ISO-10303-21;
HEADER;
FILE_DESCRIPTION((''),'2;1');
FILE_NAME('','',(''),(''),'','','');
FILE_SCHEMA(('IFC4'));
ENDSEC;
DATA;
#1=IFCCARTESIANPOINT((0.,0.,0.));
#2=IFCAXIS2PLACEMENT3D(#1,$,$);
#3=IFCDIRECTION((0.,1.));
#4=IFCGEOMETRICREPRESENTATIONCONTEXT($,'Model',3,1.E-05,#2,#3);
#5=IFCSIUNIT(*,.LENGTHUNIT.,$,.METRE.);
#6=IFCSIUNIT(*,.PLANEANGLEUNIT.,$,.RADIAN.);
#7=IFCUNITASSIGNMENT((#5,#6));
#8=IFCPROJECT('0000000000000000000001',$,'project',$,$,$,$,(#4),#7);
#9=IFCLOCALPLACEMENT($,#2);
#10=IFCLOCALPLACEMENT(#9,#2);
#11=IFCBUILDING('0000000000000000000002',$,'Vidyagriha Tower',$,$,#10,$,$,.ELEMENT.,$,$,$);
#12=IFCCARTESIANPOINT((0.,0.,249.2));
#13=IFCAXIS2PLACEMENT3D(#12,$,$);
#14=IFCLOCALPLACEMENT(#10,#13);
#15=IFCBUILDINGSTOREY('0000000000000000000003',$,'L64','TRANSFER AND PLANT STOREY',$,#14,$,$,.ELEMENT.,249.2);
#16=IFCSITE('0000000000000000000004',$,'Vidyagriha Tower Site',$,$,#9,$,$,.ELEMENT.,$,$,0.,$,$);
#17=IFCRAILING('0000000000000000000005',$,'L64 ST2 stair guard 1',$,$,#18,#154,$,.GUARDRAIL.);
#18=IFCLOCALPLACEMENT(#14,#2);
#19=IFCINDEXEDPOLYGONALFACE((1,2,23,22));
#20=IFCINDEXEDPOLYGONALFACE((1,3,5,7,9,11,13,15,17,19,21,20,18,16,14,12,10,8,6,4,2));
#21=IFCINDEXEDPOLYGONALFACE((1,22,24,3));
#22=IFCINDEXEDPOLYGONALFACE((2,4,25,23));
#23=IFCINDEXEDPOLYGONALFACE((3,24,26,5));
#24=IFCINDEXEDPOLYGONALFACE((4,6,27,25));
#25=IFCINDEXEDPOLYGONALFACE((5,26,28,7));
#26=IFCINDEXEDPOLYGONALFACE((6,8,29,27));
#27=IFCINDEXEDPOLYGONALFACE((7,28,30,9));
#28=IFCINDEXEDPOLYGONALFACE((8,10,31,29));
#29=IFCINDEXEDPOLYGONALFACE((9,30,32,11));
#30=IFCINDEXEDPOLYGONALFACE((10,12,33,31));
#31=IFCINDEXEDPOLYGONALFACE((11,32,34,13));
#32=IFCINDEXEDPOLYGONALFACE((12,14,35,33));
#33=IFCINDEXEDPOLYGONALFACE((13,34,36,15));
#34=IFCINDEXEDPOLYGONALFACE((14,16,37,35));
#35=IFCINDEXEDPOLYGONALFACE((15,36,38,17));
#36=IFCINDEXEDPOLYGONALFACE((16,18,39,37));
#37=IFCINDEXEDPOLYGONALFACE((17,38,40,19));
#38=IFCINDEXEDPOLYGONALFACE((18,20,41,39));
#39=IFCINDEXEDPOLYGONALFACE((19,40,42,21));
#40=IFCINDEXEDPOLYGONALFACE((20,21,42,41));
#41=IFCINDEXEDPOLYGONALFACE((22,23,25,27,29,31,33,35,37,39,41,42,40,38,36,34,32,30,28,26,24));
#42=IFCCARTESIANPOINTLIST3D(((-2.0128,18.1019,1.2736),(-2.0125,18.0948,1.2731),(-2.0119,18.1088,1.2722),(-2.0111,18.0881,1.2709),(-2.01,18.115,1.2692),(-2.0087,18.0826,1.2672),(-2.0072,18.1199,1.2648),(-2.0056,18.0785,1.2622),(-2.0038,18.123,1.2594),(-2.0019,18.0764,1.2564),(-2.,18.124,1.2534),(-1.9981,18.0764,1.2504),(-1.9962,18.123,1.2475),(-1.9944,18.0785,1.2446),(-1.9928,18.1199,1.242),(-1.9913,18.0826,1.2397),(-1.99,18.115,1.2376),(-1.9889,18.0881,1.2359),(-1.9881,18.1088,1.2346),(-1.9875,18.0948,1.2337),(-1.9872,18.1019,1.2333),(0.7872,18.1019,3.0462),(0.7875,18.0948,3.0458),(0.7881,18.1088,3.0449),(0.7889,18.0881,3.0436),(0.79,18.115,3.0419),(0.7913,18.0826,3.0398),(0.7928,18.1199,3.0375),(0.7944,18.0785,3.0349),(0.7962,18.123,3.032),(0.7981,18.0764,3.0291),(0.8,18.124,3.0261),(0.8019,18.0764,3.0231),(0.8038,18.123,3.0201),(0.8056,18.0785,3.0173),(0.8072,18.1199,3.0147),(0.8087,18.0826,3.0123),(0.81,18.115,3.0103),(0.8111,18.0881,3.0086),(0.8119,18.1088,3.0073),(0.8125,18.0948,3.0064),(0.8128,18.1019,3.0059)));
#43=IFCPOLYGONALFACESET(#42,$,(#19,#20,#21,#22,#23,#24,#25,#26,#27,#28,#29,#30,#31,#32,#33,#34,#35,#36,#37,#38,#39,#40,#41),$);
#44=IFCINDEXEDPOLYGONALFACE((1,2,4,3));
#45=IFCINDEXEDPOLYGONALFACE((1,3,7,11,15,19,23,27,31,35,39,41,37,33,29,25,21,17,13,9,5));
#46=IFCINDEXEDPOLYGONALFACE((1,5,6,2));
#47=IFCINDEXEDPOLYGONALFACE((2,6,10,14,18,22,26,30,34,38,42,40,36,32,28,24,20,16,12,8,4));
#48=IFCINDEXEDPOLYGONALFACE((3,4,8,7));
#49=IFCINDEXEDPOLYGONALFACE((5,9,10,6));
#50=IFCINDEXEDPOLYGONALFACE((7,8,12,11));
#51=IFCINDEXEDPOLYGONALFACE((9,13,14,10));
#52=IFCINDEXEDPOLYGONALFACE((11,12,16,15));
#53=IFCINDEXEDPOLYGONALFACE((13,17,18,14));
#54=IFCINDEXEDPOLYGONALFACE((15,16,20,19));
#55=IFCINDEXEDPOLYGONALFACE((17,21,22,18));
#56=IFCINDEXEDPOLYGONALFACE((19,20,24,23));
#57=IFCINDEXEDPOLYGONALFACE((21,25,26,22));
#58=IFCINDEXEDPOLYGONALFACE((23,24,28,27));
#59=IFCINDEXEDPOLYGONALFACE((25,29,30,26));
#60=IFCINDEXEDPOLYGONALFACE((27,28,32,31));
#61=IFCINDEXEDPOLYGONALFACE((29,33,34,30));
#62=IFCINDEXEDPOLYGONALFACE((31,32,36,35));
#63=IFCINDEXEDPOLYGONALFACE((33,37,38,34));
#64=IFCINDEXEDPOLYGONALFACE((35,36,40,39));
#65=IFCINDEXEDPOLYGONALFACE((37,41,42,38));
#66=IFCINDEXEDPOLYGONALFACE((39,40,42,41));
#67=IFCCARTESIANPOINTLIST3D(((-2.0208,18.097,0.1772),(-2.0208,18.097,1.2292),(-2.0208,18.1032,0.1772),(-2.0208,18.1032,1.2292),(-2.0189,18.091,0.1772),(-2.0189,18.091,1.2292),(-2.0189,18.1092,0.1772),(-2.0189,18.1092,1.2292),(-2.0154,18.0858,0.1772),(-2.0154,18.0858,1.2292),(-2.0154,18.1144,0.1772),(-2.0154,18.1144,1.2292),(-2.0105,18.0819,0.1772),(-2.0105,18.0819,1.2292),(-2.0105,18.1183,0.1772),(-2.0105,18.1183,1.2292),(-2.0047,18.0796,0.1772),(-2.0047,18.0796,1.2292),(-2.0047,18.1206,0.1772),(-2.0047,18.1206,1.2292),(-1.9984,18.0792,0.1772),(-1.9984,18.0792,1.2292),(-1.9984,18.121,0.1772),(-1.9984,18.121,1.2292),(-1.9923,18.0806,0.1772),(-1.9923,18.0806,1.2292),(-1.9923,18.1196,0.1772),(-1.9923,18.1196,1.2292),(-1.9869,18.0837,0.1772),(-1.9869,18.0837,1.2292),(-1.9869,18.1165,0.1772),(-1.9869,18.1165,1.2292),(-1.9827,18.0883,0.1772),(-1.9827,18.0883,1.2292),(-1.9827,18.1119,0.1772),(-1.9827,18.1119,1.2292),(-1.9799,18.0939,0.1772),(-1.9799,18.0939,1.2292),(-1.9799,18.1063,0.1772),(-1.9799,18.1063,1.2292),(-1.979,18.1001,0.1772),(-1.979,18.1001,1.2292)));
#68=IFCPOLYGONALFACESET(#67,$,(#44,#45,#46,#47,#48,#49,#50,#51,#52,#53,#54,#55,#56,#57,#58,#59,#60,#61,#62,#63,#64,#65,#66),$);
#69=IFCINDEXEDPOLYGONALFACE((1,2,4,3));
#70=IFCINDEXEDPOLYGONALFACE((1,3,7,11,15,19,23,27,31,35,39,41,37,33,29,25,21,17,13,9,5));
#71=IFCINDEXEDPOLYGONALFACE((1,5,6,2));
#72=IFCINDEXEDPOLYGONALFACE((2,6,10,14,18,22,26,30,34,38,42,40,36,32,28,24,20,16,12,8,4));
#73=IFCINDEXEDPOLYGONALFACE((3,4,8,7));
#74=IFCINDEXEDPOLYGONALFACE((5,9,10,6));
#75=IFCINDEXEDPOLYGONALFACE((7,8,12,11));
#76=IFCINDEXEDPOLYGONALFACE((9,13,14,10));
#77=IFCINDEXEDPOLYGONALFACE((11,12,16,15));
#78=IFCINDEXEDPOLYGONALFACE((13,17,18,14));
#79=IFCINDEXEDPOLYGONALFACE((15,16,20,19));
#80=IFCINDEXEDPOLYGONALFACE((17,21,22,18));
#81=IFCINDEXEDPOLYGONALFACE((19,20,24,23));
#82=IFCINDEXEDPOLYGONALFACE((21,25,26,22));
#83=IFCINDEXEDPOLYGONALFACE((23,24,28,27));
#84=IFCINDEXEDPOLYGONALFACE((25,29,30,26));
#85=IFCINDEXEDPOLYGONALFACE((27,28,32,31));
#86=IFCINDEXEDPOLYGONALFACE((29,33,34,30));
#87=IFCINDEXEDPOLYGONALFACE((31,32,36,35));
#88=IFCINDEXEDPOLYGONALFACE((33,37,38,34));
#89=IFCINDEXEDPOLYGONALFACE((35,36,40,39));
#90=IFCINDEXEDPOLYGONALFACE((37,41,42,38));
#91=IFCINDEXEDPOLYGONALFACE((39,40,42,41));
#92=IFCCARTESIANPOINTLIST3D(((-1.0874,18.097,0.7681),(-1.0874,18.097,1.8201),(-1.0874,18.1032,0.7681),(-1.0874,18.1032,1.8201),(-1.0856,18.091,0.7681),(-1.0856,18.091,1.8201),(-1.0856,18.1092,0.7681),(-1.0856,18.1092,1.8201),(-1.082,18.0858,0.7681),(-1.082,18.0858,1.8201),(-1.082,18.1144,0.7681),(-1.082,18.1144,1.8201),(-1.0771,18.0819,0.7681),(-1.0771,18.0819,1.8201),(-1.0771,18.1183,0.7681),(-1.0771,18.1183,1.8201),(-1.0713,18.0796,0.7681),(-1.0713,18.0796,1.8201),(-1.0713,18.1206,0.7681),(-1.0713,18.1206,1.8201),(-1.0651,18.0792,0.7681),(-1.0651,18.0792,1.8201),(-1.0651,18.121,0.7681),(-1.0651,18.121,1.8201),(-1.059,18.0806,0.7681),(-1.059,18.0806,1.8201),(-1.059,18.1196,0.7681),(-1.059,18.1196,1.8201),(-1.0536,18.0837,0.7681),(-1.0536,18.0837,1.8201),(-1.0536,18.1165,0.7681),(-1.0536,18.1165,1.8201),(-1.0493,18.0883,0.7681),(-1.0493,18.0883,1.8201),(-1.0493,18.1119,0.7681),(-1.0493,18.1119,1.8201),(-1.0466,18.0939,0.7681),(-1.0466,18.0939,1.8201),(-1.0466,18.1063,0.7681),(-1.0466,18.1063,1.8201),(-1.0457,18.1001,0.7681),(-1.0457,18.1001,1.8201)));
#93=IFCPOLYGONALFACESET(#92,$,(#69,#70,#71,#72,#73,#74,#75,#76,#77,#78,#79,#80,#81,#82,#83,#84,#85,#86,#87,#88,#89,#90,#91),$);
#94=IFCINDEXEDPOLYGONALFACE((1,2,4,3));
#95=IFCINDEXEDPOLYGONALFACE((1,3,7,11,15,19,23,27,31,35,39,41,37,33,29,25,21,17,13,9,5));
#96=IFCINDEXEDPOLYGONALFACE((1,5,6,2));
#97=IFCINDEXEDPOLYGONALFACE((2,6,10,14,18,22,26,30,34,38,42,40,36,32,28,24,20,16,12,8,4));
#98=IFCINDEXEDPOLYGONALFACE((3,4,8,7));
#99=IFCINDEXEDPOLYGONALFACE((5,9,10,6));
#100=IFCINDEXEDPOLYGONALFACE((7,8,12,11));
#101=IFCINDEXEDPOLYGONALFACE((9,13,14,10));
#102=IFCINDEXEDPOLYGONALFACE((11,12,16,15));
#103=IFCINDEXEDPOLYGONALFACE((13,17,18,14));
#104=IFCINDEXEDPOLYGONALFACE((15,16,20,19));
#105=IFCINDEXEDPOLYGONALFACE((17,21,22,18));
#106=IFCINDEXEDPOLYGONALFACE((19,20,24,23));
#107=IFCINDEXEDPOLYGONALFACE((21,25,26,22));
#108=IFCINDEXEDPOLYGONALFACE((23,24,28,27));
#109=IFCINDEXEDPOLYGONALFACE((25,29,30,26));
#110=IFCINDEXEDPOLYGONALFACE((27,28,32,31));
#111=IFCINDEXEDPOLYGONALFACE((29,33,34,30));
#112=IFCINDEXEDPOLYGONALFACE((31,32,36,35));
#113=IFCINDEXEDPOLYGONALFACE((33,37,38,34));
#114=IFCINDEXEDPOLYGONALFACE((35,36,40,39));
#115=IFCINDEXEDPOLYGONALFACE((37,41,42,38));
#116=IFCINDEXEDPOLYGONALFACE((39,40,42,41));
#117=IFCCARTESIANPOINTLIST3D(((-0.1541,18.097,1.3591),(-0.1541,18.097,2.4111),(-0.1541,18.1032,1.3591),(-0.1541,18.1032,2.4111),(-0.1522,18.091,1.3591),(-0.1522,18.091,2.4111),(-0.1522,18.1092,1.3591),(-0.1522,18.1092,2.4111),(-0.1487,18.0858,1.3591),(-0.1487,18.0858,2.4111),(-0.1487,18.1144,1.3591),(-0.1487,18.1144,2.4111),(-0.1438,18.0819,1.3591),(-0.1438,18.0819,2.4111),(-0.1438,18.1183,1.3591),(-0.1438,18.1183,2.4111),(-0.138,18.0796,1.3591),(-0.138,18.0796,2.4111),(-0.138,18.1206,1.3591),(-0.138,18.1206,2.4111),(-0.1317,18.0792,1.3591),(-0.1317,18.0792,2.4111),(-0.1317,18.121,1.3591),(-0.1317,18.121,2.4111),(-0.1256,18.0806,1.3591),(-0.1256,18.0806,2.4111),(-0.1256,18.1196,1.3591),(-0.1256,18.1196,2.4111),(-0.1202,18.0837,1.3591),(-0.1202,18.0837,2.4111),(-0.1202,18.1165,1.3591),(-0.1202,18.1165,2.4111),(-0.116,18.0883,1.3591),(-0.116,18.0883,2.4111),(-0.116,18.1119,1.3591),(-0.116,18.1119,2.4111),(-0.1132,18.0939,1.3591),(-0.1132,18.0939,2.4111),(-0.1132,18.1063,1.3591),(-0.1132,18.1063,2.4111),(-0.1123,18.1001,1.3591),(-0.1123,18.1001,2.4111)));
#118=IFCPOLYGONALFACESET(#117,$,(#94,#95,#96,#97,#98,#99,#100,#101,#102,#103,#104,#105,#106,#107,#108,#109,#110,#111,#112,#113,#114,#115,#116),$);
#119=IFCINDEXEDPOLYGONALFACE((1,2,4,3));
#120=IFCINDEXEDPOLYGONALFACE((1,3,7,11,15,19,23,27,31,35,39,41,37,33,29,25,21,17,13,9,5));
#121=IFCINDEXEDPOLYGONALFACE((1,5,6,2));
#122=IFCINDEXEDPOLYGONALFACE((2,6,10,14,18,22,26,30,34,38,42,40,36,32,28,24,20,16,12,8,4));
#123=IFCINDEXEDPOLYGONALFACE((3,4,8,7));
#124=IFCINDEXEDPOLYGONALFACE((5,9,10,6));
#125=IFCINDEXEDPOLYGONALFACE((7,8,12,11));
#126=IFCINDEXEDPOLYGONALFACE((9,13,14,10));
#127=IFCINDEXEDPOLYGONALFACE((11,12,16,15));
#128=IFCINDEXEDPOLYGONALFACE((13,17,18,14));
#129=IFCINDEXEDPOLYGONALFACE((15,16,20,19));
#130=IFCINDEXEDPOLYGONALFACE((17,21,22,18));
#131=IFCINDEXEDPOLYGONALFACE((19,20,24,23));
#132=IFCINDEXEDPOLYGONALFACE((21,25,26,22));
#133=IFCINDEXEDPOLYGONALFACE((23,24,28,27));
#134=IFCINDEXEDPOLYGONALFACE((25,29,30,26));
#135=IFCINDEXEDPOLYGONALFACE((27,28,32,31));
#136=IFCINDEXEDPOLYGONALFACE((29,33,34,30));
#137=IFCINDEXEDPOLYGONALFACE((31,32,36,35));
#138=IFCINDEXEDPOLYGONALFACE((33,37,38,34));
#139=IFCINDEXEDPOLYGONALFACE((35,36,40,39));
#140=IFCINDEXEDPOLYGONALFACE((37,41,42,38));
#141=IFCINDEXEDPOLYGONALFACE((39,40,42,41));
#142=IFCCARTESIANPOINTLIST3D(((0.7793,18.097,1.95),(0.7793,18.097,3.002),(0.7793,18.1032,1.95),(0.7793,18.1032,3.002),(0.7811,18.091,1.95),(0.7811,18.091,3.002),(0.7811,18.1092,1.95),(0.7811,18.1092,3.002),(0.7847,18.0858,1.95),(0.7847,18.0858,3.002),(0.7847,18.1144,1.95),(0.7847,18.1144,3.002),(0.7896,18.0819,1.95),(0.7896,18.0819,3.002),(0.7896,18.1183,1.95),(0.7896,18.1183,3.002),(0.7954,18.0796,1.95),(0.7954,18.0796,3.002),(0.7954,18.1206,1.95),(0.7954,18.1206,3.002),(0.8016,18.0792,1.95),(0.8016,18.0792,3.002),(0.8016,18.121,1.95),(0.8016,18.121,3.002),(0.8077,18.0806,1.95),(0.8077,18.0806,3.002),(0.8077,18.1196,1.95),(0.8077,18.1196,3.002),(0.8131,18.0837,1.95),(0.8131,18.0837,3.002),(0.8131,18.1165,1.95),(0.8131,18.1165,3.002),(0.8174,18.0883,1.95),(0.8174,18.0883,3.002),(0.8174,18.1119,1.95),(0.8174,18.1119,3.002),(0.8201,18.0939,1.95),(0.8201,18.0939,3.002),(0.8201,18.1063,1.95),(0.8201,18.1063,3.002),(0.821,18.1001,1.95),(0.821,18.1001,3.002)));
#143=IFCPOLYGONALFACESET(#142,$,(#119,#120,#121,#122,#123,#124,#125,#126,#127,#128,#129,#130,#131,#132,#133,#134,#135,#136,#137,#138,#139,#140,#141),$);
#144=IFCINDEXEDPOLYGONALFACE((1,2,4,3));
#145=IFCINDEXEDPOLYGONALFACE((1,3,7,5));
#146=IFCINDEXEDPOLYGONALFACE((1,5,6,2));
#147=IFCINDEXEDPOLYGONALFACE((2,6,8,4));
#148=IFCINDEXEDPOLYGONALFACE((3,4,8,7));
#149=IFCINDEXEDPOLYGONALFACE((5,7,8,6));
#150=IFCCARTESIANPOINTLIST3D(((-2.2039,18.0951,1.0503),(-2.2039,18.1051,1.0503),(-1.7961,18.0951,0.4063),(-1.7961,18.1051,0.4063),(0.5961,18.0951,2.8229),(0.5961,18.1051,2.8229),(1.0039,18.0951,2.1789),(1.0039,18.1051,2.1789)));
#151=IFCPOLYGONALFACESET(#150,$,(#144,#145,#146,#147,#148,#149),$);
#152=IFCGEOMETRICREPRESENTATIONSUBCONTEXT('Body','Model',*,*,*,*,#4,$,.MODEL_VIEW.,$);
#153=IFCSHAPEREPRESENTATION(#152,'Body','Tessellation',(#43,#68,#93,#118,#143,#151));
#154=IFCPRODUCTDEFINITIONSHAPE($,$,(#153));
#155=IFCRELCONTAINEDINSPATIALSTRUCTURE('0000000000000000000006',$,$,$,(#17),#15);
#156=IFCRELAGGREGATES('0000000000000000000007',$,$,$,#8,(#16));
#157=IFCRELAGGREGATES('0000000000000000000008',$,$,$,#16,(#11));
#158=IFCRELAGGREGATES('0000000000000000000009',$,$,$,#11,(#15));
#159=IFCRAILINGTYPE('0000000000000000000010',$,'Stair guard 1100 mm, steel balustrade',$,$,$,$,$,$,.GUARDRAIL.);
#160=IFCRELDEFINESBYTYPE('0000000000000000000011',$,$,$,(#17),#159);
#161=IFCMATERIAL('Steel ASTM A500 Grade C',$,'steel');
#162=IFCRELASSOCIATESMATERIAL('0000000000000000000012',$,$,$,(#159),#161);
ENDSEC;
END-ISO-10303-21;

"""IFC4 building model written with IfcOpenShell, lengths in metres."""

from ifc_helpers import new_model, si_unit, direction, frame, origin, origin_2d, place, context, subcontext, project, spatial, rectangle, circle, extrude, material, type_object, element, save


model = new_model("IFC4")

# Units and contexts
model_context = context("Model", 3, precision=1e-05, world=origin(), true_north=direction((0.0, 1.0)))
body_context = subcontext(model_context, "Body", "Model", "MODEL_VIEW")
ifc_project = project(units=[si_unit("LENGTHUNIT", "METRE"), si_unit("PLANEANGLEUNIT", "RADIAN")], contexts=[model_context])

# Site, building, storey
site_placement = place(None, origin())
site = spatial("IfcSite", under=ifc_project, at=site_placement, Name="Vidyagriha Tower Site", CompositionType="ELEMENT", RefElevation=0.0)
building_placement = place(site_placement, origin())
building = spatial("IfcBuilding", under=site, at=building_placement, Name="Vidyagriha Tower", CompositionType="ELEMENT")
storey_placement = place(building_placement, frame((0.0, 0.0, 249.2)))
storey = spatial("IfcBuildingStorey", under=building, at=storey_placement, Name="L64", Description="TRANSFER AND PLANT STOREY", CompositionType="ELEMENT", Elevation=249.2)

# Railing
ifc_material_1 = material(Name="Steel ASTM A500 Grade C", Category="steel")
railing_type_1 = type_object("IfcRailingType", Name="Stair guard 1100 mm, steel balustrade", PredefinedType="GUARDRAIL", material=ifc_material_1)
railing_1_placement = place(storey_placement, frame((-2.0, 18.1001, 0.1772)))
element("IfcRailing", 1, at=railing_1_placement, inside=storey, type_object=railing_type_1, Name="L64 ST2 stair guard 1", PredefinedType="GUARDRAIL", context=body_context, shape_type="SweptSolid", body=[
    extrude(circle(Radius=0.0239, at=origin_2d()), frame((0.0, 0.0, 1.0762), z_axis=(0.844909, 0.0, 0.53491), x_axis=(0.0, 1.0, 0.0)), (0.0, 0.0, 1.0), 3.314),
    extrude(circle(Radius=0.021, at=origin_2d()), origin(), (0.0, 0.0, 1.0), 1.052),
    extrude(circle(Radius=0.021, at=origin_2d()), frame((0.9333, 0.0, 0.5908)), (0.0, 0.0, 1.0), 1.052),
    extrude(circle(Radius=0.021, at=origin_2d()), frame((1.8667, 0.0, 1.1819)), (0.0, 0.0, 1.0), 1.052),
    extrude(circle(Radius=0.021, at=origin_2d()), frame((2.8, 0.0, 1.7727)), (0.0, 0.0, 1.0), 1.052),
    extrude(rectangle(XDim=0.01, YDim=0.7622, at=origin_2d()), frame((0.0, 0.0, 0.551), z_axis=(0.844909, 0.0, 0.53491), x_axis=(0.0, 1.0, 0.0)), (0.0, 0.0, 1.0), 3.314),
])

save(model, "model.ifc")
